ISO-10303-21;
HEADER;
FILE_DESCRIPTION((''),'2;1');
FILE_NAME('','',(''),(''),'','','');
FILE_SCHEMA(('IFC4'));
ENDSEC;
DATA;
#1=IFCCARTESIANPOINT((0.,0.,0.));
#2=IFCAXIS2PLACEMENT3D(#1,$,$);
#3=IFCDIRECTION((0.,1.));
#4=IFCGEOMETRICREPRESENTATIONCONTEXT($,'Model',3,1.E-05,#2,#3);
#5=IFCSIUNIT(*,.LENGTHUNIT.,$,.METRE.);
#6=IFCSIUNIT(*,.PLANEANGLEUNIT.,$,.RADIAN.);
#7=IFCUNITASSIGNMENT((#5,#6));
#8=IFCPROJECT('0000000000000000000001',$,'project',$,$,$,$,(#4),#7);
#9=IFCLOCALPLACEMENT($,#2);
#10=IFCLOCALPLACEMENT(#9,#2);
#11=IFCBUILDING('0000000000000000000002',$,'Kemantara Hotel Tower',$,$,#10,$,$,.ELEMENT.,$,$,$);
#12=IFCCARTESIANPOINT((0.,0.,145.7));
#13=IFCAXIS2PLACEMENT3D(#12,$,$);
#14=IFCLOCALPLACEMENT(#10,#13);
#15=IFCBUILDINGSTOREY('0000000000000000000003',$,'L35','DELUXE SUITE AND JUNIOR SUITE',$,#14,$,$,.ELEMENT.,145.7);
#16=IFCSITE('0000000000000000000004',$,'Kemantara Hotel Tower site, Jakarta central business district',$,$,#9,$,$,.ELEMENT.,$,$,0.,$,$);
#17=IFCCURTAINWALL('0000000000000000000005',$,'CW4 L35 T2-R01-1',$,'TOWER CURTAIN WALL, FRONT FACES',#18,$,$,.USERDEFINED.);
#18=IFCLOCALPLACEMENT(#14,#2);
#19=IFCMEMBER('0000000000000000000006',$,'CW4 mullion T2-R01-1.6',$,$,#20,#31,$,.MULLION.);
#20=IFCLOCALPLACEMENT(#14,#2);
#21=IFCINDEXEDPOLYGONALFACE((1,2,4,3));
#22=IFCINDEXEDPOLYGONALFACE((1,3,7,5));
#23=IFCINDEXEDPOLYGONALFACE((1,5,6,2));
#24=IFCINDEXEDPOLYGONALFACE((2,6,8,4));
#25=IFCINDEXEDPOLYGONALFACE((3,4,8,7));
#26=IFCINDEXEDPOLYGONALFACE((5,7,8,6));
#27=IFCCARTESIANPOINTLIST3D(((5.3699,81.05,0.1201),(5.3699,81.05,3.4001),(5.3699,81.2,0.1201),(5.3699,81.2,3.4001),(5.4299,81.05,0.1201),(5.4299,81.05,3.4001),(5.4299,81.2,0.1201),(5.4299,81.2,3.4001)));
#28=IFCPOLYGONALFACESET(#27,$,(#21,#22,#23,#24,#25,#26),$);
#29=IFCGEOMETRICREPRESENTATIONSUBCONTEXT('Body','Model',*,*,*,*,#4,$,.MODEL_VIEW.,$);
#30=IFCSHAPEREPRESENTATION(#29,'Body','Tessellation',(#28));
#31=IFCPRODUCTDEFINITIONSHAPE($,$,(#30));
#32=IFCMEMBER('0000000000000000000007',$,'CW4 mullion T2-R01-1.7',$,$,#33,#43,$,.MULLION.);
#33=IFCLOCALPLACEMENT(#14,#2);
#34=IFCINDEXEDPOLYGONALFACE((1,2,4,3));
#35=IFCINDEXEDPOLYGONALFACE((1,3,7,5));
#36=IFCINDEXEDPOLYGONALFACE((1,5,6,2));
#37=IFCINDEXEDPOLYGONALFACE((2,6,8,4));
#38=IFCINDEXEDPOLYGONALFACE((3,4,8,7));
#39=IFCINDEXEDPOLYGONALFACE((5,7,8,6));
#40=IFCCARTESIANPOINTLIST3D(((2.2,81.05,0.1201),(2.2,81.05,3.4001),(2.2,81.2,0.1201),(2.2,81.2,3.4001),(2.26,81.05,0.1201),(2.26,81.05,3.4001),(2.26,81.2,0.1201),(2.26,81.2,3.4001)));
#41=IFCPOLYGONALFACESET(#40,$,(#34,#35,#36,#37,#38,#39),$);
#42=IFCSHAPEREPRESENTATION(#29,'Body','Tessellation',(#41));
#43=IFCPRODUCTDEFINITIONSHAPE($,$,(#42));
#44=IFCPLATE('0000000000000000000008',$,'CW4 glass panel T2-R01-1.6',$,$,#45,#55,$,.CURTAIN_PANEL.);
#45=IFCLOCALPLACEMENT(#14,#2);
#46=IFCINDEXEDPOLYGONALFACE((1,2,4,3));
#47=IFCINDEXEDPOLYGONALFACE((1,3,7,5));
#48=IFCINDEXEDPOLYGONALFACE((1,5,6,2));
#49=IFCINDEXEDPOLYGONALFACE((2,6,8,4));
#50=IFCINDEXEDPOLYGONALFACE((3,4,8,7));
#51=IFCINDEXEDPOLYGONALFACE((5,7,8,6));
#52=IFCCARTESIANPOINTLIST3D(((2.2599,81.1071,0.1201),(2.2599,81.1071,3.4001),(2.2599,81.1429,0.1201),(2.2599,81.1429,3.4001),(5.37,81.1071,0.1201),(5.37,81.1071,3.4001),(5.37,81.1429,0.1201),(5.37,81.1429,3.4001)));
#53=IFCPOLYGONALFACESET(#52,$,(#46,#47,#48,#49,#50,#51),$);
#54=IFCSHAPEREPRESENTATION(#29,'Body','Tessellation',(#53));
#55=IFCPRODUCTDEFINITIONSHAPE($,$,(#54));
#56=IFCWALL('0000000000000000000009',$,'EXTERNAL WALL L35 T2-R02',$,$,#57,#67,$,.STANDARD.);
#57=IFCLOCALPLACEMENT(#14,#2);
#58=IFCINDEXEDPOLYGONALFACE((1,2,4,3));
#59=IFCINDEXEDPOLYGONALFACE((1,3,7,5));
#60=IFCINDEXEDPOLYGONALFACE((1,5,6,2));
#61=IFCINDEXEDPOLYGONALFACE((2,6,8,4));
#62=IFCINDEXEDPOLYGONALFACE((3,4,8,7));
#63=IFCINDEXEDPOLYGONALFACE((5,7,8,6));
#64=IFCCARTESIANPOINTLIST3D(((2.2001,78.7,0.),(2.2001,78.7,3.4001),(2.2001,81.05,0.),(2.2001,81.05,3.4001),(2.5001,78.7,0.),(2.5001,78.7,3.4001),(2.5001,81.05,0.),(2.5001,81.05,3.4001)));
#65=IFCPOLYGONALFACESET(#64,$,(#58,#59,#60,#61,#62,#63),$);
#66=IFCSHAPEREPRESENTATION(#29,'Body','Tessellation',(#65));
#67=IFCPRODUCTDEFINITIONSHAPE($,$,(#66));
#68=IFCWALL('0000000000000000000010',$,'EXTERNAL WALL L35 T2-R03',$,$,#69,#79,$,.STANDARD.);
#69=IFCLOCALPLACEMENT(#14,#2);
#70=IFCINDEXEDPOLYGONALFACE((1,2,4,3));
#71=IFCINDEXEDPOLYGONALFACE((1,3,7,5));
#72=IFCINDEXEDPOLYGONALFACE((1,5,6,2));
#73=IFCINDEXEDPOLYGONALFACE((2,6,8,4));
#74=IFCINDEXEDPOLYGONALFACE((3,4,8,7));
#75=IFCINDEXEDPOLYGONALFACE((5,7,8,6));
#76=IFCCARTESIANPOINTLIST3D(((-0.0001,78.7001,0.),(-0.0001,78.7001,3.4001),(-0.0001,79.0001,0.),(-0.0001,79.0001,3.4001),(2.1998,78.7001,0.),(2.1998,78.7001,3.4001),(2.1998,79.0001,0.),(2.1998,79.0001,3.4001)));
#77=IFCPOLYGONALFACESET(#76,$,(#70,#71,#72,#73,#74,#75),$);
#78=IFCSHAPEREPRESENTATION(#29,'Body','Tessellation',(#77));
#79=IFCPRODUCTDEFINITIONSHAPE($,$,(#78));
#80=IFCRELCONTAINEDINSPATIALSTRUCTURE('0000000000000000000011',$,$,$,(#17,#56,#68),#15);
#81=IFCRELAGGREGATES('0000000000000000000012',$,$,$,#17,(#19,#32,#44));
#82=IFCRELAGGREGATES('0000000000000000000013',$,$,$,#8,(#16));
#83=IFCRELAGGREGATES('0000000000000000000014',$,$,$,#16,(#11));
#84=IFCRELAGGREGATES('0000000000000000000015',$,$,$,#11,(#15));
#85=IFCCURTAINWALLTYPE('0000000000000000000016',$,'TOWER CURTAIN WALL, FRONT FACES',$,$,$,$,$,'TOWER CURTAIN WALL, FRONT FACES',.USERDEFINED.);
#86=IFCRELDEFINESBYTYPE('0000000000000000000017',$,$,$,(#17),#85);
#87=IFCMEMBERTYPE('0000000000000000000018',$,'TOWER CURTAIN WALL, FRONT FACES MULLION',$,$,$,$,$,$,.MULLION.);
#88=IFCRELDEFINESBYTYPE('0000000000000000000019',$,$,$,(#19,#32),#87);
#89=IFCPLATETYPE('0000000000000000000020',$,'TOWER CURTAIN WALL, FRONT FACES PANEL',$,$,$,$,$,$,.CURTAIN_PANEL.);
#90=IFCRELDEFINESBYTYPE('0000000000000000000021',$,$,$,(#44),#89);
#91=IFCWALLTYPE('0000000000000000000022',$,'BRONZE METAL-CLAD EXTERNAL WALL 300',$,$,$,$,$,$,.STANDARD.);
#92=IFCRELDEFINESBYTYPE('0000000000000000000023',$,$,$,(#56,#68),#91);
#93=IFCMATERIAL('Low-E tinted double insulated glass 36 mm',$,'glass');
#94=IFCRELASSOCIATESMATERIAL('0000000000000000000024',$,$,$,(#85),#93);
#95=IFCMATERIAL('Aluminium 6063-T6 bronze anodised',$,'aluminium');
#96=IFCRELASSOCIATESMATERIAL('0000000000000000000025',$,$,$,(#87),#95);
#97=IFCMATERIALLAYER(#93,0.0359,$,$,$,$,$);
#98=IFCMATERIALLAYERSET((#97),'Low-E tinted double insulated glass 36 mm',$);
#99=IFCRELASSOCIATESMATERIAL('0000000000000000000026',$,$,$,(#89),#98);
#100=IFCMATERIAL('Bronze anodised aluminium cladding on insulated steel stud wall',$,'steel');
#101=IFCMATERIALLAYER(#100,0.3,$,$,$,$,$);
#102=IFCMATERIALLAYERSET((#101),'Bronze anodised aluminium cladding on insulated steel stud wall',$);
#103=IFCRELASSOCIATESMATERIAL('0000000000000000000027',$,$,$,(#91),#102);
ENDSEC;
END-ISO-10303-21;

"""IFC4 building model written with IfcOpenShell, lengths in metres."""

from ifc_helpers import new_model, si_unit, direction, frame, frame_2d, origin, origin_2d, place, context, subcontext, project, spatial, rectangle, extrude, source, transform, mapped, material, layer, layer_set, material_profile, profile_set, type_object, element, aggregate, save


model = new_model("IFC4")

# Units and contexts
model_context = context("Model", 3, precision=1e-05, world=origin(), true_north=direction((0.0, 1.0)))
body_context = subcontext(model_context, "Body", "Model", "MODEL_VIEW")
ifc_project = project(units=[si_unit("LENGTHUNIT", "METRE"), si_unit("PLANEANGLEUNIT", "RADIAN")], contexts=[model_context])

# Site, building, storey
site_placement = place(None, origin())
site = spatial("IfcSite", under=ifc_project, at=site_placement, Name="Kemantara Hotel Tower site, Jakarta central business district", CompositionType="ELEMENT", RefElevation=0.0)
building_placement = place(site_placement, origin())
building = spatial("IfcBuilding", under=site, at=building_placement, Name="Kemantara Hotel Tower", CompositionType="ELEMENT")
storey_placement = place(building_placement, frame((0.0, 0.0, 145.7)))
storey = spatial("IfcBuildingStorey", under=building, at=storey_placement, Name="L35", Description="DELUXE SUITE AND JUNIOR SUITE", CompositionType="ELEMENT", Elevation=145.7)

# Curtain wall, members, plate
ifc_material_1 = material(Name="Low-E tinted double insulated glass 36 mm", Category="glass")
curtain_wall_type = type_object("IfcCurtainWallType", Name="TOWER CURTAIN WALL, FRONT FACES", ElementType="TOWER CURTAIN WALL, FRONT FACES", PredefinedType="USERDEFINED", material=ifc_material_1)
curtain_wall_placement = place(storey_placement, origin())
curtain_wall = element("IfcCurtainWall", 1, at=curtain_wall_placement, inside=storey, type_object=curtain_wall_type, Name="CW4 L35 T2-R01-1", ObjectType="TOWER CURTAIN WALL, FRONT FACES", PredefinedType="USERDEFINED")
ifc_material_2 = material(Name="Aluminium 6063-T6 bronze anodised", Category="aluminium")
ifc_material_profile = material_profile(ifc_material_2, rectangle(XDim=0.1499, YDim=0.0601, at=origin_2d()), Name="TOWER CURTAIN WALL, FRONT FACES MULLION")
ifc_profile_set = profile_set([ifc_material_profile], Name="Aluminium 6063-T6 bronze anodised")
member_type = type_object("IfcMemberType", Name="TOWER CURTAIN WALL, FRONT FACES MULLION", PredefinedType="MULLION", material=ifc_profile_set)
shared_shape_1 = source(origin(), body_context, "Body", "SweptSolid", [
    extrude(rectangle(XDim=0.1499, YDim=0.0601, at=origin_2d()), origin(), (0.0, 0.0, 1.0), 3.28),
])
member_1_placement = place(storey_placement, frame((5.3999, 81.125, 0.1201), z_axis=(0.0, 0.0, 1.0), x_axis=(0.0, -1.0, 0.0)))
member_1 = element("IfcMember", 2, at=member_1_placement, type_object=member_type, Name="CW4 mullion T2-R01-1.6", PredefinedType="MULLION", context=body_context, shape_type="MappedRepresentation", body=[
    mapped(shared_shape_1, transform((0.0, 0.0, 0.0))),
])
member_2_placement = place(storey_placement, frame((2.23, 81.125, 0.1201), z_axis=(0.0, 0.0, 1.0), x_axis=(0.0, -1.0, 0.0)))
member_2 = element("IfcMember", 3, at=member_2_placement, type_object=member_type, Name="CW4 mullion T2-R01-1.7", PredefinedType="MULLION", context=body_context, shape_type="MappedRepresentation", body=[
    mapped(shared_shape_1, transform((0.0, 0.0, 0.0))),
])
ifc_layer_1 = layer(ifc_material_1, 0.0359)
ifc_layer_set_1 = layer_set([ifc_layer_1], Name="Low-E tinted double insulated glass 36 mm")
plate_type = type_object("IfcPlateType", Name="TOWER CURTAIN WALL, FRONT FACES PANEL", PredefinedType="CURTAIN_PANEL", material=ifc_layer_set_1)
shared_shape_2 = source(origin(), body_context, "Body", "SweptSolid", [
    extrude(rectangle(XDim=3.1101, YDim=0.0359, at=origin_2d()), origin(), (0.0, 0.0, 1.0), 3.28),
])
plate_placement = place(storey_placement, frame((3.8149, 81.125, 0.1201), z_axis=(0.0, 0.0, 1.0), x_axis=(-1.0, 0.0, 0.0)))
plate = element("IfcPlate", 4, at=plate_placement, type_object=plate_type, Name="CW4 glass panel T2-R01-1.6", PredefinedType="CURTAIN_PANEL", context=body_context, shape_type="MappedRepresentation", body=[
    mapped(shared_shape_2, transform((0.0, 0.0, 0.0))),
])
aggregate(curtain_wall, [member_1, member_2, plate])

# Walls
ifc_material_3 = material(Name="Bronze anodised aluminium cladding on insulated steel stud wall", Category="steel")
ifc_layer_2 = layer(ifc_material_3, 0.3)
ifc_layer_set_2 = layer_set([ifc_layer_2], Name="Bronze anodised aluminium cladding on insulated steel stud wall")
wall_type = type_object("IfcWallType", Name="BRONZE METAL-CLAD EXTERNAL WALL 300", PredefinedType="STANDARD", material=ifc_layer_set_2)
wall_1_placement = place(storey_placement, frame((2.3501, 81.05, 0.0), z_axis=(0.0, 0.0, 1.0), x_axis=(0.0, -1.0, 0.0)))
element("IfcWall", 5, at=wall_1_placement, inside=storey, type_object=wall_type, Name="EXTERNAL WALL L35 T2-R02", PredefinedType="STANDARD", context=body_context, shape_type="SweptSolid", body=[
    extrude(rectangle(XDim=2.3501, YDim=0.3, at=frame_2d((1.175, 0.0))), origin(), (0.0, 0.0, 1.0), 3.4001),
])
wall_2_placement = place(storey_placement, frame((2.2, 78.8501, 0.0), z_axis=(0.0, 0.0, 1.0), x_axis=(-1.0, 0.0, 0.0)))
element("IfcWall", 6, at=wall_2_placement, inside=storey, type_object=wall_type, Name="EXTERNAL WALL L35 T2-R03", PredefinedType="STANDARD", context=body_context, shape_type="SweptSolid", body=[
    extrude(rectangle(XDim=2.2, YDim=0.3, at=frame_2d((1.1001, 0.0))), origin(), (0.0, 0.0, 1.0), 3.4001),
])

save(model, "model.ifc")
